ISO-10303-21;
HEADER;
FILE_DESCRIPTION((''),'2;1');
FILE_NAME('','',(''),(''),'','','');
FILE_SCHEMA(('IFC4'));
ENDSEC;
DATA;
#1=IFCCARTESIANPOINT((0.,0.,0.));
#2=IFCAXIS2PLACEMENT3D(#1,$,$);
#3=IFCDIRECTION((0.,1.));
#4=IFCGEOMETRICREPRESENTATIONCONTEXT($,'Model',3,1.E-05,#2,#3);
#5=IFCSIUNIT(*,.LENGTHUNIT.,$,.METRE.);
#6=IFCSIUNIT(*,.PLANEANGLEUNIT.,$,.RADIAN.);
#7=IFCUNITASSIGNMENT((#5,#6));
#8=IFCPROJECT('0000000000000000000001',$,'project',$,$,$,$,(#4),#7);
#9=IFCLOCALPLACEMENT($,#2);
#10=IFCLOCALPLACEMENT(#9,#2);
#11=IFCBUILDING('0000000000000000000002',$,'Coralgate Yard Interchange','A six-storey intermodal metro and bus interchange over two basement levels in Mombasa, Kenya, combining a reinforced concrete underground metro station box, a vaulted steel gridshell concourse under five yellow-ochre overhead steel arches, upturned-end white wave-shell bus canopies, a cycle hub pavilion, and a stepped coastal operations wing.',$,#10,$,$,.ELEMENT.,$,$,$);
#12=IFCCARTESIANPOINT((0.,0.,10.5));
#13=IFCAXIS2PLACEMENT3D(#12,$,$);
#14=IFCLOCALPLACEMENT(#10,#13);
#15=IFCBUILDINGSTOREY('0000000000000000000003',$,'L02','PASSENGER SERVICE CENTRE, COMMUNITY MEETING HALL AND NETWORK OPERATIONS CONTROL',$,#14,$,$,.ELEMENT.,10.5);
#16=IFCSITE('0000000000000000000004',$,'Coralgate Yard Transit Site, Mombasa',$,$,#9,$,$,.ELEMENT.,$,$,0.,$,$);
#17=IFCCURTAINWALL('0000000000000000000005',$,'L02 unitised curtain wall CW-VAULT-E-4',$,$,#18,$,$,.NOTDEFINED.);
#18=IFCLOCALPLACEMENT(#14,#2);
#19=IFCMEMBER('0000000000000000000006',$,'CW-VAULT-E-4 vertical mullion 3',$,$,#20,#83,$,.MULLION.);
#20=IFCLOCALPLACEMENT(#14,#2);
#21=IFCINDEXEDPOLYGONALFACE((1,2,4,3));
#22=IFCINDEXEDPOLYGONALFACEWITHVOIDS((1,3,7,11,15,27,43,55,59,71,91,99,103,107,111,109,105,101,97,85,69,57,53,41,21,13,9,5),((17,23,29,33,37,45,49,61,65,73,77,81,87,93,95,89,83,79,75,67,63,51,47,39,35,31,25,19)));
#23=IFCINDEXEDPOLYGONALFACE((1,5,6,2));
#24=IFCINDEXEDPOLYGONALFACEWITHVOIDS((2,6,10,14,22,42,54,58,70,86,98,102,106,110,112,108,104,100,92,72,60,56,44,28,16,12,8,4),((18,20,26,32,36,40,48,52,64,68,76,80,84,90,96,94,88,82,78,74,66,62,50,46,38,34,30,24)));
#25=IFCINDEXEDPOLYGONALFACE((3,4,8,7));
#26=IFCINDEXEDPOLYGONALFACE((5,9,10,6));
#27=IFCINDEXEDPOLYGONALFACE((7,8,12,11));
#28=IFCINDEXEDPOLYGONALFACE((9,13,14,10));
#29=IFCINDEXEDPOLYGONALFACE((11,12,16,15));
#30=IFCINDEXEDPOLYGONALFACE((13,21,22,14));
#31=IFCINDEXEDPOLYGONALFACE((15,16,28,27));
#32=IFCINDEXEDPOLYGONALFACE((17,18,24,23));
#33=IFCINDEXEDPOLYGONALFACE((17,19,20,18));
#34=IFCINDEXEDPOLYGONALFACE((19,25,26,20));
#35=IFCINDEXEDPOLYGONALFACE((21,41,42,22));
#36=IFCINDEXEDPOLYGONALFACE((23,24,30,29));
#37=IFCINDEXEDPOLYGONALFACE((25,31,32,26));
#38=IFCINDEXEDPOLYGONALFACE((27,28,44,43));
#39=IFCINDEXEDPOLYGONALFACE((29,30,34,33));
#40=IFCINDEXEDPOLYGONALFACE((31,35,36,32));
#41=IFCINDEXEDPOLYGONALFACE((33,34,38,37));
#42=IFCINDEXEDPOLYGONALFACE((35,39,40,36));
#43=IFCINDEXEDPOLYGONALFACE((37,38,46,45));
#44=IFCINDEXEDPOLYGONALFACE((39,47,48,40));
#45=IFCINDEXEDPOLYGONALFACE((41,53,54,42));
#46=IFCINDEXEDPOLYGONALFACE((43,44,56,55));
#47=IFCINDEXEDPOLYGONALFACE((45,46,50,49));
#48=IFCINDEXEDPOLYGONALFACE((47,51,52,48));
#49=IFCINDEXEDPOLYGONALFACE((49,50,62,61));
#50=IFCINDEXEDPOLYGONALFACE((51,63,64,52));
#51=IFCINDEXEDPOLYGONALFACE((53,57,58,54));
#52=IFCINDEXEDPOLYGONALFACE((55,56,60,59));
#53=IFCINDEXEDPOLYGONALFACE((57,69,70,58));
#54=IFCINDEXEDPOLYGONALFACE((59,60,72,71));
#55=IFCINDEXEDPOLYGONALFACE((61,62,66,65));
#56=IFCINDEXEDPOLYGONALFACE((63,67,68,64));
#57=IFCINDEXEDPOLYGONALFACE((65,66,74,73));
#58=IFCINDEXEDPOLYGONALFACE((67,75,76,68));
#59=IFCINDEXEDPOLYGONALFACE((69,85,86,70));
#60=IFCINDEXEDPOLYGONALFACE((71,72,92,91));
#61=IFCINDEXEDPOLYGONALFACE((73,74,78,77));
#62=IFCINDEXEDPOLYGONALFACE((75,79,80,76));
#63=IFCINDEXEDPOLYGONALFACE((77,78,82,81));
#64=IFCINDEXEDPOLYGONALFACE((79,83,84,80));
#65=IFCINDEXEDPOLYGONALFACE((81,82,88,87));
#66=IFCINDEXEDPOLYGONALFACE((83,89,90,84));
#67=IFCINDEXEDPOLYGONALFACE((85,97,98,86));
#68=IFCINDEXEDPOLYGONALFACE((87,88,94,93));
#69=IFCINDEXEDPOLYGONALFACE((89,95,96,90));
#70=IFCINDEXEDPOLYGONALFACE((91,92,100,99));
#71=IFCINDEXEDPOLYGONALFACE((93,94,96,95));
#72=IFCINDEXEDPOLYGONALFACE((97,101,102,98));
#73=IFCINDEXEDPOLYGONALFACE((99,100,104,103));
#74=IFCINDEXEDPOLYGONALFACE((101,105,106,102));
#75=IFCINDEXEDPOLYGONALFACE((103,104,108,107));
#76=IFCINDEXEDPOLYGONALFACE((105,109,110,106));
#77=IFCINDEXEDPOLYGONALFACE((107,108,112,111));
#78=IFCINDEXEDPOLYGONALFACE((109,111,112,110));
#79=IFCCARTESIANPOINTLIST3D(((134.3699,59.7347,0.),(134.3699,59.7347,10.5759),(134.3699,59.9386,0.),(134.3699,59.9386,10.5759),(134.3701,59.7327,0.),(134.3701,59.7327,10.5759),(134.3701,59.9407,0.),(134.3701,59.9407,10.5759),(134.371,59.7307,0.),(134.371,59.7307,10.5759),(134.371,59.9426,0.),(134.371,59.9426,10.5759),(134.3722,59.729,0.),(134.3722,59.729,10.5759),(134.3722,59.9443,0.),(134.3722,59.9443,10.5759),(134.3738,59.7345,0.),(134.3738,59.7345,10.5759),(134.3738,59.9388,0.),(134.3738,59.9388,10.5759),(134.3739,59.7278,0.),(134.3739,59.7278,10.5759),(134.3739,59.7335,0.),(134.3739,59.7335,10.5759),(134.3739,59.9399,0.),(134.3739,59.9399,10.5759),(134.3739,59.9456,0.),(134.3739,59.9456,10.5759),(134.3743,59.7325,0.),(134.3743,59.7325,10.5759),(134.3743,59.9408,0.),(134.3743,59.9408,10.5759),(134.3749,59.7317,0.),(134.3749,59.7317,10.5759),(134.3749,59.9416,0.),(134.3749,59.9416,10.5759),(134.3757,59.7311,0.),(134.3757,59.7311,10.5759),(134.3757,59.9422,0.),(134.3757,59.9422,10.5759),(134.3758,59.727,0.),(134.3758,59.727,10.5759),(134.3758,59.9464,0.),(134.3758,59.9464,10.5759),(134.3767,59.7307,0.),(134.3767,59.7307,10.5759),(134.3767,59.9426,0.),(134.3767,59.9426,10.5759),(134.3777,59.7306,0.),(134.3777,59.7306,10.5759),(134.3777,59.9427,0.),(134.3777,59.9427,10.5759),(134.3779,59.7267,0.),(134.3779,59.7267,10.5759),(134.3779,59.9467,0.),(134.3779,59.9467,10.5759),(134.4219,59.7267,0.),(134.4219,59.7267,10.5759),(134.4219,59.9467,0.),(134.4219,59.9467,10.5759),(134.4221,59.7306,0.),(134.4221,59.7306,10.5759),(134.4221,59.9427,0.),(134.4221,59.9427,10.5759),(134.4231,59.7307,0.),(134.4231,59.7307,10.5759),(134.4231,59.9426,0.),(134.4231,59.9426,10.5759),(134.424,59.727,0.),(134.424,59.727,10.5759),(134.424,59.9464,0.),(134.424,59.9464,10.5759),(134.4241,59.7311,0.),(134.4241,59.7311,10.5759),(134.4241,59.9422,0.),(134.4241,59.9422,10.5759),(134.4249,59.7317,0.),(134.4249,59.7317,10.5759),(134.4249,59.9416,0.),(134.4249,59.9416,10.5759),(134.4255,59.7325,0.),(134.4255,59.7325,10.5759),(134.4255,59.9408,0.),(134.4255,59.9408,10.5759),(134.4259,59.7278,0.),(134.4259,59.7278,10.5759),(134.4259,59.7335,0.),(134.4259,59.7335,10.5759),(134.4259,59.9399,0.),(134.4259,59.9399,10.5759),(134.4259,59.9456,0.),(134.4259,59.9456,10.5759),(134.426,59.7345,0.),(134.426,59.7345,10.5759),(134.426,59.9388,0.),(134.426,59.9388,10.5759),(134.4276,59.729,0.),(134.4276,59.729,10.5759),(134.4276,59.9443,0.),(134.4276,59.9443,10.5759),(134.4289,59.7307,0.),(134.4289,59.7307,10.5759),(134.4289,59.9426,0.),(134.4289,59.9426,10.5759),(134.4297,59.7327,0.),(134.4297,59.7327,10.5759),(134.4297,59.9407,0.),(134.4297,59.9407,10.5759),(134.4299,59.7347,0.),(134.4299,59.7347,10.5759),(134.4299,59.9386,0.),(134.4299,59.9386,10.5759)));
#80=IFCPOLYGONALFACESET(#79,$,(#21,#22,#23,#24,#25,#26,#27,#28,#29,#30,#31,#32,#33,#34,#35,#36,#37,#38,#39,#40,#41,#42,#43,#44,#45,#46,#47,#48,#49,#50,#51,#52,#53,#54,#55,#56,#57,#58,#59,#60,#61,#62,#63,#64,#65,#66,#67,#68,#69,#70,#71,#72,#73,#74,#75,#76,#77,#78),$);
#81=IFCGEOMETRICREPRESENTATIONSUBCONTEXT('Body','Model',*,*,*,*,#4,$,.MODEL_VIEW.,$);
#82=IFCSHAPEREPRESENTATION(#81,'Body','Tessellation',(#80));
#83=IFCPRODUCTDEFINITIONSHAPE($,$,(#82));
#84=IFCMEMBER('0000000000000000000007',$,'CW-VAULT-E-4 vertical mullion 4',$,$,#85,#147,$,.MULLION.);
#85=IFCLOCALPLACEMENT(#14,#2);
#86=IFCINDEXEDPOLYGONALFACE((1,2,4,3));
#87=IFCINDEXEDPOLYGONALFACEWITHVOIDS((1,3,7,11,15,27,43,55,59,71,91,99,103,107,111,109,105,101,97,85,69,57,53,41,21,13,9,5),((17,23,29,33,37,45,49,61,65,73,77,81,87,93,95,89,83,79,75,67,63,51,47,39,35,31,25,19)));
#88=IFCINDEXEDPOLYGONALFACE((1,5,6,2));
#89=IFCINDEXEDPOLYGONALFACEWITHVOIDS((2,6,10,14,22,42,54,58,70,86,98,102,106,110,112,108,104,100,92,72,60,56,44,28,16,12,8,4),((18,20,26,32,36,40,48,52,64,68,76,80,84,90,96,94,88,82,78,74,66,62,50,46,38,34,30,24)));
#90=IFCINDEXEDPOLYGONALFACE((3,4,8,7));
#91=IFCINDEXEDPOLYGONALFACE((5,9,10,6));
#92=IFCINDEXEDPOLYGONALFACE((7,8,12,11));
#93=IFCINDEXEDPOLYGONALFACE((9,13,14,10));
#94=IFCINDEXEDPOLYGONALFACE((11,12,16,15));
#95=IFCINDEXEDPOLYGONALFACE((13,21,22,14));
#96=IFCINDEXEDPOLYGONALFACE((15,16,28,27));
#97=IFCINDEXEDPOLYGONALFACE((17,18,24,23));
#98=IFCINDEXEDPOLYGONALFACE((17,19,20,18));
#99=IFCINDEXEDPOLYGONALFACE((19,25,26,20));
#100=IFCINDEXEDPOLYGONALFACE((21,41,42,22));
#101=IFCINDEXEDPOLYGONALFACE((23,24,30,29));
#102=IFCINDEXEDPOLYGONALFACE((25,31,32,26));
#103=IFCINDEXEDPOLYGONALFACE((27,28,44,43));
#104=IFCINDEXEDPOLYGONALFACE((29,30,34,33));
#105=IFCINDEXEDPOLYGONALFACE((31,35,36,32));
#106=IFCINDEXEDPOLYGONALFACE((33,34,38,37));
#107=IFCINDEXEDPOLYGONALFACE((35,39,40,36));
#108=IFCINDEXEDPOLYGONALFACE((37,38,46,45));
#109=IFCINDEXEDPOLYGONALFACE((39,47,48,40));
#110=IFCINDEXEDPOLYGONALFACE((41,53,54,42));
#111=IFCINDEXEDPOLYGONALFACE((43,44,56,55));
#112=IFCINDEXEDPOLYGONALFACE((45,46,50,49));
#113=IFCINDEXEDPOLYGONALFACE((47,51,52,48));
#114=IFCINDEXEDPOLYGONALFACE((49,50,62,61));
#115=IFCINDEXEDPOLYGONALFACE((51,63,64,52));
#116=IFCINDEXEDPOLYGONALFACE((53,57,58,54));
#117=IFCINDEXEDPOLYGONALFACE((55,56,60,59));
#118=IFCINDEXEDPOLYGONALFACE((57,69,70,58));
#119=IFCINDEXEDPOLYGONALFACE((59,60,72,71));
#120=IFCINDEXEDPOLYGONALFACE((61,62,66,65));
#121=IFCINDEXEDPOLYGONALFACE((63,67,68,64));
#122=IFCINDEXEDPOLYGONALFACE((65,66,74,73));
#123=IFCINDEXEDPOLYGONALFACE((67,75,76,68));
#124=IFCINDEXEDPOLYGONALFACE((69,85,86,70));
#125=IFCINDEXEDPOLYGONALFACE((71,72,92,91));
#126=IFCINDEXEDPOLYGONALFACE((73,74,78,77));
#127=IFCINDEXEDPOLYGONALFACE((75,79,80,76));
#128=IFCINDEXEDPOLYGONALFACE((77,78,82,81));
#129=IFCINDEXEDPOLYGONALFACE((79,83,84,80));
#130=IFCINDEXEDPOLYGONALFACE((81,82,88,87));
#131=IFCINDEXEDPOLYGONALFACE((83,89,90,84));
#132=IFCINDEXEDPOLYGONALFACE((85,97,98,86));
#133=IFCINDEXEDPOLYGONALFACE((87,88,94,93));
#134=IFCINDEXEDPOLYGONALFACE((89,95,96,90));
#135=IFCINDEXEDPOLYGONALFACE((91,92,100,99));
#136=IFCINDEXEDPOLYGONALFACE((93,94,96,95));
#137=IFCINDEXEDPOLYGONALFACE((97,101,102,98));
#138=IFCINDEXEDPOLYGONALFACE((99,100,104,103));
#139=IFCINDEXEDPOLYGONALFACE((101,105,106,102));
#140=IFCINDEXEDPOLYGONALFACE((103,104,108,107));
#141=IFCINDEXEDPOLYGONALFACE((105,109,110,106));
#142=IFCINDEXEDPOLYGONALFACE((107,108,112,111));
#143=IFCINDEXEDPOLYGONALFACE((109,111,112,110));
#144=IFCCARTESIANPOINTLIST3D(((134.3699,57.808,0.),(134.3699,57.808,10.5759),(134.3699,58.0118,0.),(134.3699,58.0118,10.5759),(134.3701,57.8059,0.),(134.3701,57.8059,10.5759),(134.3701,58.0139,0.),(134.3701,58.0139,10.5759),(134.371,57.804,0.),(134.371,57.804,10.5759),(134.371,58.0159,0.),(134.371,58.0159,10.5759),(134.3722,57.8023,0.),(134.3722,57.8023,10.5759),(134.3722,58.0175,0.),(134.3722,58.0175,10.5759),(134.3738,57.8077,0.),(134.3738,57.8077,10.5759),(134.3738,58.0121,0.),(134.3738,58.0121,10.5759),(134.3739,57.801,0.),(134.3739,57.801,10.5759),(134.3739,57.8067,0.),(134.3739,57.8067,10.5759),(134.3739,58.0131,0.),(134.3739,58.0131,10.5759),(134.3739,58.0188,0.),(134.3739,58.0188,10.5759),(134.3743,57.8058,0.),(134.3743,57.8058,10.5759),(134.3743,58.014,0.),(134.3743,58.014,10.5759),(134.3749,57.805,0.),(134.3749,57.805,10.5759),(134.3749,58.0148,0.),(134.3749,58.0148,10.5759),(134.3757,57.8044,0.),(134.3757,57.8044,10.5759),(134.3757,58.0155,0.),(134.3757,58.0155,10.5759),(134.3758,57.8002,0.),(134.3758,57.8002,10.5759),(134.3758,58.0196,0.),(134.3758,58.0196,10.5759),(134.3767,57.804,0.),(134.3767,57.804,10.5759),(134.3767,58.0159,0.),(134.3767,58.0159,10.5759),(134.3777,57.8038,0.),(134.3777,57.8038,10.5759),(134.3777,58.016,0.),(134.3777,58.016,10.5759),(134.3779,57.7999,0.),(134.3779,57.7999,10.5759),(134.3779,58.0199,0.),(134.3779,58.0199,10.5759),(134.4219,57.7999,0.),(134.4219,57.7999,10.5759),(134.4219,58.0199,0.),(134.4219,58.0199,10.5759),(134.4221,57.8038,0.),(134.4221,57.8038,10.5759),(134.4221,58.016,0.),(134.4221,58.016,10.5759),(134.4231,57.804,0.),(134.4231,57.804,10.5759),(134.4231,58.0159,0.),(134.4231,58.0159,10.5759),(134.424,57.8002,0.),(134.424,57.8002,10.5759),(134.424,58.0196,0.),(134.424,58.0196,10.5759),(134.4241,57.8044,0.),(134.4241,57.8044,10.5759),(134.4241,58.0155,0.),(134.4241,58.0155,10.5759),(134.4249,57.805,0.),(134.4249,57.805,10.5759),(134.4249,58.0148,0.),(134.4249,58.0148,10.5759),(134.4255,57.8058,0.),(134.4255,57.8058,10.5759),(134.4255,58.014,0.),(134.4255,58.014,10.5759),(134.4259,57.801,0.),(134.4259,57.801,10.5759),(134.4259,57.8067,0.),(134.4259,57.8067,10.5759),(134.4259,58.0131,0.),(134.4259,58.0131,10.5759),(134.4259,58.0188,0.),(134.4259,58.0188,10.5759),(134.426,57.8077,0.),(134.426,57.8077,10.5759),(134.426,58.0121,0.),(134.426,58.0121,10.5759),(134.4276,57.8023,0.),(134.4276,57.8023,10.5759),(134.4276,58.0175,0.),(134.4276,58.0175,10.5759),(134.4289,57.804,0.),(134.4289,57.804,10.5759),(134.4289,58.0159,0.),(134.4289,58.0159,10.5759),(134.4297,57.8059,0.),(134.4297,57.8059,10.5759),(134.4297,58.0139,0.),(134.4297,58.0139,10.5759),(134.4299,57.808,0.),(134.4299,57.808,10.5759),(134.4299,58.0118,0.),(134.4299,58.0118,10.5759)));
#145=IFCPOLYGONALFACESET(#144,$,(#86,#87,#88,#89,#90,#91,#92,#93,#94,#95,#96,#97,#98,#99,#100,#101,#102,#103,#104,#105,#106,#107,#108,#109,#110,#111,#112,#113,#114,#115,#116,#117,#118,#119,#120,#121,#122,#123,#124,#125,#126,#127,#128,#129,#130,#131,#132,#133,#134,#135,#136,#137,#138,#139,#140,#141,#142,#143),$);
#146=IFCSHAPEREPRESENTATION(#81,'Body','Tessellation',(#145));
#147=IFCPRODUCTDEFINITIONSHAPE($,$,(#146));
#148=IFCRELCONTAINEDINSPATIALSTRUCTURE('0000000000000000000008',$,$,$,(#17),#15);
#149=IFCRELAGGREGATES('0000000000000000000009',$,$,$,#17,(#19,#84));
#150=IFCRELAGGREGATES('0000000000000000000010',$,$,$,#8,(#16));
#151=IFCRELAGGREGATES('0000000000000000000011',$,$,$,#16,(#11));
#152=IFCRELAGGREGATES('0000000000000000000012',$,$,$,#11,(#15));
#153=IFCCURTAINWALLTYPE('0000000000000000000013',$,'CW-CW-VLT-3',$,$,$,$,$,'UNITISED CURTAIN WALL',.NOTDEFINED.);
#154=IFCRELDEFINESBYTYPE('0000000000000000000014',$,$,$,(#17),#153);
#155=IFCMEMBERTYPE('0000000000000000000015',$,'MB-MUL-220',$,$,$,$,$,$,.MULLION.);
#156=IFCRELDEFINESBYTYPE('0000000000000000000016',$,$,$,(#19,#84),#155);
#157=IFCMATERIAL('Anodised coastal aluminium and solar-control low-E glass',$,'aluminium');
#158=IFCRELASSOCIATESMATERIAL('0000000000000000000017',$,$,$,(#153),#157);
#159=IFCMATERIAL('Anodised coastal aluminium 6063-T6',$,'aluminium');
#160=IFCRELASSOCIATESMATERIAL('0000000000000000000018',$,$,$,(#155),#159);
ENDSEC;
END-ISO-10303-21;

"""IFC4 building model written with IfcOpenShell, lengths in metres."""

from ifc_helpers import new_model, si_unit, direction, frame, origin, origin_2d, place, context, subcontext, project, spatial, hollow_rectangle, extrude, material, material_profile, profile_set, type_object, element, aggregate, save


model = new_model("IFC4")

# Units and contexts
model_context = context("Model", 3, precision=1e-05, world=origin(), true_north=direction((0.0, 1.0)))
body_context = subcontext(model_context, "Body", "Model", "MODEL_VIEW")
ifc_project = project(units=[si_unit("LENGTHUNIT", "METRE"), si_unit("PLANEANGLEUNIT", "RADIAN")], contexts=[model_context])

# Site, building, storey
site_placement = place(None, origin())
site = spatial("IfcSite", under=ifc_project, at=site_placement, Name="Coralgate Yard Transit Site, Mombasa", CompositionType="ELEMENT", RefElevation=0.0)
building_placement = place(site_placement, origin())
building = spatial("IfcBuilding", under=site, at=building_placement, Name="Coralgate Yard Interchange", Description="A six-storey intermodal metro and bus interchange over two basement levels in Mombasa, Kenya, combining a reinforced concrete underground metro station box, a vaulted steel gridshell concourse under five yellow-ochre overhead steel arches, upturned-end white wave-shell bus canopies, a cycle hub pavilion, and a stepped coastal operations wing.", CompositionType="ELEMENT")
storey_placement = place(building_placement, frame((0.0, 0.0, 10.5)))
storey = spatial("IfcBuildingStorey", under=building, at=storey_placement, Name="L02", Description="PASSENGER SERVICE CENTRE, COMMUNITY MEETING HALL AND NETWORK OPERATIONS CONTROL", CompositionType="ELEMENT", Elevation=10.5)

# Curtain wall, members
ifc_material_1 = material(Name="Anodised coastal aluminium and solar-control low-E glass", Category="aluminium")
curtain_wall_type_1 = type_object("IfcCurtainWallType", Name="CW-CW-VLT-3", ElementType="UNITISED CURTAIN WALL", PredefinedType="NOTDEFINED", material=ifc_material_1)
ifc_material_2 = material(Name="Anodised coastal aluminium 6063-T6", Category="aluminium")
ifc_material_profile_1 = material_profile(ifc_material_2, hollow_rectangle(XDim=0.0601, YDim=0.22, WallThickness=0.0039, InnerFilletRadius=0.0039, OuterFilletRadius=0.0081, at=origin_2d()), Name="ALU 60x220x4")
ifc_profile_set_1 = profile_set([ifc_material_profile_1], Name="Anodised coastal aluminium 6063-T6")
member_type_1 = type_object("IfcMemberType", Name="MB-MUL-220", PredefinedType="MULLION", material=ifc_profile_set_1)
curtain_wall_1_placement = place(storey_placement, origin())
curtain_wall_1 = element("IfcCurtainWall", 1, at=curtain_wall_1_placement, inside=storey, type_object=curtain_wall_type_1, Name="L02 unitised curtain wall CW-VAULT-E-4", PredefinedType="NOTDEFINED")
member_1_placement = place(storey_placement, frame((134.3999, 59.8367, 0.0), z_axis=(0.0, 0.0, 1.0), x_axis=(1.0, 0.0, 0.0)))
member_1 = element("IfcMember", 2, at=member_1_placement, type_object=member_type_1, Name="CW-VAULT-E-4 vertical mullion 3", PredefinedType="MULLION", context=body_context, shape_type="SweptSolid", body=[
    extrude(hollow_rectangle(XDim=0.0601, YDim=0.22, WallThickness=0.0039, InnerFilletRadius=0.0039, OuterFilletRadius=0.0081, at=origin_2d()), origin(), (0.0, 0.0, 1.0), 10.5759),
])
member_2_placement = place(storey_placement, frame((134.3999, 57.9099, 0.0), z_axis=(0.0, 0.0, 1.0), x_axis=(1.0, 0.0, 0.0)))
member_2 = element("IfcMember", 3, at=member_2_placement, type_object=member_type_1, Name="CW-VAULT-E-4 vertical mullion 4", PredefinedType="MULLION", context=body_context, shape_type="SweptSolid", body=[
    extrude(hollow_rectangle(XDim=0.0601, YDim=0.22, WallThickness=0.0039, InnerFilletRadius=0.0039, OuterFilletRadius=0.0081, at=origin_2d()), origin(), (0.0, 0.0, 1.0), 10.5759),
])

aggregate(curtain_wall_1, [member_1, member_2])

save(model, "model.ifc")
